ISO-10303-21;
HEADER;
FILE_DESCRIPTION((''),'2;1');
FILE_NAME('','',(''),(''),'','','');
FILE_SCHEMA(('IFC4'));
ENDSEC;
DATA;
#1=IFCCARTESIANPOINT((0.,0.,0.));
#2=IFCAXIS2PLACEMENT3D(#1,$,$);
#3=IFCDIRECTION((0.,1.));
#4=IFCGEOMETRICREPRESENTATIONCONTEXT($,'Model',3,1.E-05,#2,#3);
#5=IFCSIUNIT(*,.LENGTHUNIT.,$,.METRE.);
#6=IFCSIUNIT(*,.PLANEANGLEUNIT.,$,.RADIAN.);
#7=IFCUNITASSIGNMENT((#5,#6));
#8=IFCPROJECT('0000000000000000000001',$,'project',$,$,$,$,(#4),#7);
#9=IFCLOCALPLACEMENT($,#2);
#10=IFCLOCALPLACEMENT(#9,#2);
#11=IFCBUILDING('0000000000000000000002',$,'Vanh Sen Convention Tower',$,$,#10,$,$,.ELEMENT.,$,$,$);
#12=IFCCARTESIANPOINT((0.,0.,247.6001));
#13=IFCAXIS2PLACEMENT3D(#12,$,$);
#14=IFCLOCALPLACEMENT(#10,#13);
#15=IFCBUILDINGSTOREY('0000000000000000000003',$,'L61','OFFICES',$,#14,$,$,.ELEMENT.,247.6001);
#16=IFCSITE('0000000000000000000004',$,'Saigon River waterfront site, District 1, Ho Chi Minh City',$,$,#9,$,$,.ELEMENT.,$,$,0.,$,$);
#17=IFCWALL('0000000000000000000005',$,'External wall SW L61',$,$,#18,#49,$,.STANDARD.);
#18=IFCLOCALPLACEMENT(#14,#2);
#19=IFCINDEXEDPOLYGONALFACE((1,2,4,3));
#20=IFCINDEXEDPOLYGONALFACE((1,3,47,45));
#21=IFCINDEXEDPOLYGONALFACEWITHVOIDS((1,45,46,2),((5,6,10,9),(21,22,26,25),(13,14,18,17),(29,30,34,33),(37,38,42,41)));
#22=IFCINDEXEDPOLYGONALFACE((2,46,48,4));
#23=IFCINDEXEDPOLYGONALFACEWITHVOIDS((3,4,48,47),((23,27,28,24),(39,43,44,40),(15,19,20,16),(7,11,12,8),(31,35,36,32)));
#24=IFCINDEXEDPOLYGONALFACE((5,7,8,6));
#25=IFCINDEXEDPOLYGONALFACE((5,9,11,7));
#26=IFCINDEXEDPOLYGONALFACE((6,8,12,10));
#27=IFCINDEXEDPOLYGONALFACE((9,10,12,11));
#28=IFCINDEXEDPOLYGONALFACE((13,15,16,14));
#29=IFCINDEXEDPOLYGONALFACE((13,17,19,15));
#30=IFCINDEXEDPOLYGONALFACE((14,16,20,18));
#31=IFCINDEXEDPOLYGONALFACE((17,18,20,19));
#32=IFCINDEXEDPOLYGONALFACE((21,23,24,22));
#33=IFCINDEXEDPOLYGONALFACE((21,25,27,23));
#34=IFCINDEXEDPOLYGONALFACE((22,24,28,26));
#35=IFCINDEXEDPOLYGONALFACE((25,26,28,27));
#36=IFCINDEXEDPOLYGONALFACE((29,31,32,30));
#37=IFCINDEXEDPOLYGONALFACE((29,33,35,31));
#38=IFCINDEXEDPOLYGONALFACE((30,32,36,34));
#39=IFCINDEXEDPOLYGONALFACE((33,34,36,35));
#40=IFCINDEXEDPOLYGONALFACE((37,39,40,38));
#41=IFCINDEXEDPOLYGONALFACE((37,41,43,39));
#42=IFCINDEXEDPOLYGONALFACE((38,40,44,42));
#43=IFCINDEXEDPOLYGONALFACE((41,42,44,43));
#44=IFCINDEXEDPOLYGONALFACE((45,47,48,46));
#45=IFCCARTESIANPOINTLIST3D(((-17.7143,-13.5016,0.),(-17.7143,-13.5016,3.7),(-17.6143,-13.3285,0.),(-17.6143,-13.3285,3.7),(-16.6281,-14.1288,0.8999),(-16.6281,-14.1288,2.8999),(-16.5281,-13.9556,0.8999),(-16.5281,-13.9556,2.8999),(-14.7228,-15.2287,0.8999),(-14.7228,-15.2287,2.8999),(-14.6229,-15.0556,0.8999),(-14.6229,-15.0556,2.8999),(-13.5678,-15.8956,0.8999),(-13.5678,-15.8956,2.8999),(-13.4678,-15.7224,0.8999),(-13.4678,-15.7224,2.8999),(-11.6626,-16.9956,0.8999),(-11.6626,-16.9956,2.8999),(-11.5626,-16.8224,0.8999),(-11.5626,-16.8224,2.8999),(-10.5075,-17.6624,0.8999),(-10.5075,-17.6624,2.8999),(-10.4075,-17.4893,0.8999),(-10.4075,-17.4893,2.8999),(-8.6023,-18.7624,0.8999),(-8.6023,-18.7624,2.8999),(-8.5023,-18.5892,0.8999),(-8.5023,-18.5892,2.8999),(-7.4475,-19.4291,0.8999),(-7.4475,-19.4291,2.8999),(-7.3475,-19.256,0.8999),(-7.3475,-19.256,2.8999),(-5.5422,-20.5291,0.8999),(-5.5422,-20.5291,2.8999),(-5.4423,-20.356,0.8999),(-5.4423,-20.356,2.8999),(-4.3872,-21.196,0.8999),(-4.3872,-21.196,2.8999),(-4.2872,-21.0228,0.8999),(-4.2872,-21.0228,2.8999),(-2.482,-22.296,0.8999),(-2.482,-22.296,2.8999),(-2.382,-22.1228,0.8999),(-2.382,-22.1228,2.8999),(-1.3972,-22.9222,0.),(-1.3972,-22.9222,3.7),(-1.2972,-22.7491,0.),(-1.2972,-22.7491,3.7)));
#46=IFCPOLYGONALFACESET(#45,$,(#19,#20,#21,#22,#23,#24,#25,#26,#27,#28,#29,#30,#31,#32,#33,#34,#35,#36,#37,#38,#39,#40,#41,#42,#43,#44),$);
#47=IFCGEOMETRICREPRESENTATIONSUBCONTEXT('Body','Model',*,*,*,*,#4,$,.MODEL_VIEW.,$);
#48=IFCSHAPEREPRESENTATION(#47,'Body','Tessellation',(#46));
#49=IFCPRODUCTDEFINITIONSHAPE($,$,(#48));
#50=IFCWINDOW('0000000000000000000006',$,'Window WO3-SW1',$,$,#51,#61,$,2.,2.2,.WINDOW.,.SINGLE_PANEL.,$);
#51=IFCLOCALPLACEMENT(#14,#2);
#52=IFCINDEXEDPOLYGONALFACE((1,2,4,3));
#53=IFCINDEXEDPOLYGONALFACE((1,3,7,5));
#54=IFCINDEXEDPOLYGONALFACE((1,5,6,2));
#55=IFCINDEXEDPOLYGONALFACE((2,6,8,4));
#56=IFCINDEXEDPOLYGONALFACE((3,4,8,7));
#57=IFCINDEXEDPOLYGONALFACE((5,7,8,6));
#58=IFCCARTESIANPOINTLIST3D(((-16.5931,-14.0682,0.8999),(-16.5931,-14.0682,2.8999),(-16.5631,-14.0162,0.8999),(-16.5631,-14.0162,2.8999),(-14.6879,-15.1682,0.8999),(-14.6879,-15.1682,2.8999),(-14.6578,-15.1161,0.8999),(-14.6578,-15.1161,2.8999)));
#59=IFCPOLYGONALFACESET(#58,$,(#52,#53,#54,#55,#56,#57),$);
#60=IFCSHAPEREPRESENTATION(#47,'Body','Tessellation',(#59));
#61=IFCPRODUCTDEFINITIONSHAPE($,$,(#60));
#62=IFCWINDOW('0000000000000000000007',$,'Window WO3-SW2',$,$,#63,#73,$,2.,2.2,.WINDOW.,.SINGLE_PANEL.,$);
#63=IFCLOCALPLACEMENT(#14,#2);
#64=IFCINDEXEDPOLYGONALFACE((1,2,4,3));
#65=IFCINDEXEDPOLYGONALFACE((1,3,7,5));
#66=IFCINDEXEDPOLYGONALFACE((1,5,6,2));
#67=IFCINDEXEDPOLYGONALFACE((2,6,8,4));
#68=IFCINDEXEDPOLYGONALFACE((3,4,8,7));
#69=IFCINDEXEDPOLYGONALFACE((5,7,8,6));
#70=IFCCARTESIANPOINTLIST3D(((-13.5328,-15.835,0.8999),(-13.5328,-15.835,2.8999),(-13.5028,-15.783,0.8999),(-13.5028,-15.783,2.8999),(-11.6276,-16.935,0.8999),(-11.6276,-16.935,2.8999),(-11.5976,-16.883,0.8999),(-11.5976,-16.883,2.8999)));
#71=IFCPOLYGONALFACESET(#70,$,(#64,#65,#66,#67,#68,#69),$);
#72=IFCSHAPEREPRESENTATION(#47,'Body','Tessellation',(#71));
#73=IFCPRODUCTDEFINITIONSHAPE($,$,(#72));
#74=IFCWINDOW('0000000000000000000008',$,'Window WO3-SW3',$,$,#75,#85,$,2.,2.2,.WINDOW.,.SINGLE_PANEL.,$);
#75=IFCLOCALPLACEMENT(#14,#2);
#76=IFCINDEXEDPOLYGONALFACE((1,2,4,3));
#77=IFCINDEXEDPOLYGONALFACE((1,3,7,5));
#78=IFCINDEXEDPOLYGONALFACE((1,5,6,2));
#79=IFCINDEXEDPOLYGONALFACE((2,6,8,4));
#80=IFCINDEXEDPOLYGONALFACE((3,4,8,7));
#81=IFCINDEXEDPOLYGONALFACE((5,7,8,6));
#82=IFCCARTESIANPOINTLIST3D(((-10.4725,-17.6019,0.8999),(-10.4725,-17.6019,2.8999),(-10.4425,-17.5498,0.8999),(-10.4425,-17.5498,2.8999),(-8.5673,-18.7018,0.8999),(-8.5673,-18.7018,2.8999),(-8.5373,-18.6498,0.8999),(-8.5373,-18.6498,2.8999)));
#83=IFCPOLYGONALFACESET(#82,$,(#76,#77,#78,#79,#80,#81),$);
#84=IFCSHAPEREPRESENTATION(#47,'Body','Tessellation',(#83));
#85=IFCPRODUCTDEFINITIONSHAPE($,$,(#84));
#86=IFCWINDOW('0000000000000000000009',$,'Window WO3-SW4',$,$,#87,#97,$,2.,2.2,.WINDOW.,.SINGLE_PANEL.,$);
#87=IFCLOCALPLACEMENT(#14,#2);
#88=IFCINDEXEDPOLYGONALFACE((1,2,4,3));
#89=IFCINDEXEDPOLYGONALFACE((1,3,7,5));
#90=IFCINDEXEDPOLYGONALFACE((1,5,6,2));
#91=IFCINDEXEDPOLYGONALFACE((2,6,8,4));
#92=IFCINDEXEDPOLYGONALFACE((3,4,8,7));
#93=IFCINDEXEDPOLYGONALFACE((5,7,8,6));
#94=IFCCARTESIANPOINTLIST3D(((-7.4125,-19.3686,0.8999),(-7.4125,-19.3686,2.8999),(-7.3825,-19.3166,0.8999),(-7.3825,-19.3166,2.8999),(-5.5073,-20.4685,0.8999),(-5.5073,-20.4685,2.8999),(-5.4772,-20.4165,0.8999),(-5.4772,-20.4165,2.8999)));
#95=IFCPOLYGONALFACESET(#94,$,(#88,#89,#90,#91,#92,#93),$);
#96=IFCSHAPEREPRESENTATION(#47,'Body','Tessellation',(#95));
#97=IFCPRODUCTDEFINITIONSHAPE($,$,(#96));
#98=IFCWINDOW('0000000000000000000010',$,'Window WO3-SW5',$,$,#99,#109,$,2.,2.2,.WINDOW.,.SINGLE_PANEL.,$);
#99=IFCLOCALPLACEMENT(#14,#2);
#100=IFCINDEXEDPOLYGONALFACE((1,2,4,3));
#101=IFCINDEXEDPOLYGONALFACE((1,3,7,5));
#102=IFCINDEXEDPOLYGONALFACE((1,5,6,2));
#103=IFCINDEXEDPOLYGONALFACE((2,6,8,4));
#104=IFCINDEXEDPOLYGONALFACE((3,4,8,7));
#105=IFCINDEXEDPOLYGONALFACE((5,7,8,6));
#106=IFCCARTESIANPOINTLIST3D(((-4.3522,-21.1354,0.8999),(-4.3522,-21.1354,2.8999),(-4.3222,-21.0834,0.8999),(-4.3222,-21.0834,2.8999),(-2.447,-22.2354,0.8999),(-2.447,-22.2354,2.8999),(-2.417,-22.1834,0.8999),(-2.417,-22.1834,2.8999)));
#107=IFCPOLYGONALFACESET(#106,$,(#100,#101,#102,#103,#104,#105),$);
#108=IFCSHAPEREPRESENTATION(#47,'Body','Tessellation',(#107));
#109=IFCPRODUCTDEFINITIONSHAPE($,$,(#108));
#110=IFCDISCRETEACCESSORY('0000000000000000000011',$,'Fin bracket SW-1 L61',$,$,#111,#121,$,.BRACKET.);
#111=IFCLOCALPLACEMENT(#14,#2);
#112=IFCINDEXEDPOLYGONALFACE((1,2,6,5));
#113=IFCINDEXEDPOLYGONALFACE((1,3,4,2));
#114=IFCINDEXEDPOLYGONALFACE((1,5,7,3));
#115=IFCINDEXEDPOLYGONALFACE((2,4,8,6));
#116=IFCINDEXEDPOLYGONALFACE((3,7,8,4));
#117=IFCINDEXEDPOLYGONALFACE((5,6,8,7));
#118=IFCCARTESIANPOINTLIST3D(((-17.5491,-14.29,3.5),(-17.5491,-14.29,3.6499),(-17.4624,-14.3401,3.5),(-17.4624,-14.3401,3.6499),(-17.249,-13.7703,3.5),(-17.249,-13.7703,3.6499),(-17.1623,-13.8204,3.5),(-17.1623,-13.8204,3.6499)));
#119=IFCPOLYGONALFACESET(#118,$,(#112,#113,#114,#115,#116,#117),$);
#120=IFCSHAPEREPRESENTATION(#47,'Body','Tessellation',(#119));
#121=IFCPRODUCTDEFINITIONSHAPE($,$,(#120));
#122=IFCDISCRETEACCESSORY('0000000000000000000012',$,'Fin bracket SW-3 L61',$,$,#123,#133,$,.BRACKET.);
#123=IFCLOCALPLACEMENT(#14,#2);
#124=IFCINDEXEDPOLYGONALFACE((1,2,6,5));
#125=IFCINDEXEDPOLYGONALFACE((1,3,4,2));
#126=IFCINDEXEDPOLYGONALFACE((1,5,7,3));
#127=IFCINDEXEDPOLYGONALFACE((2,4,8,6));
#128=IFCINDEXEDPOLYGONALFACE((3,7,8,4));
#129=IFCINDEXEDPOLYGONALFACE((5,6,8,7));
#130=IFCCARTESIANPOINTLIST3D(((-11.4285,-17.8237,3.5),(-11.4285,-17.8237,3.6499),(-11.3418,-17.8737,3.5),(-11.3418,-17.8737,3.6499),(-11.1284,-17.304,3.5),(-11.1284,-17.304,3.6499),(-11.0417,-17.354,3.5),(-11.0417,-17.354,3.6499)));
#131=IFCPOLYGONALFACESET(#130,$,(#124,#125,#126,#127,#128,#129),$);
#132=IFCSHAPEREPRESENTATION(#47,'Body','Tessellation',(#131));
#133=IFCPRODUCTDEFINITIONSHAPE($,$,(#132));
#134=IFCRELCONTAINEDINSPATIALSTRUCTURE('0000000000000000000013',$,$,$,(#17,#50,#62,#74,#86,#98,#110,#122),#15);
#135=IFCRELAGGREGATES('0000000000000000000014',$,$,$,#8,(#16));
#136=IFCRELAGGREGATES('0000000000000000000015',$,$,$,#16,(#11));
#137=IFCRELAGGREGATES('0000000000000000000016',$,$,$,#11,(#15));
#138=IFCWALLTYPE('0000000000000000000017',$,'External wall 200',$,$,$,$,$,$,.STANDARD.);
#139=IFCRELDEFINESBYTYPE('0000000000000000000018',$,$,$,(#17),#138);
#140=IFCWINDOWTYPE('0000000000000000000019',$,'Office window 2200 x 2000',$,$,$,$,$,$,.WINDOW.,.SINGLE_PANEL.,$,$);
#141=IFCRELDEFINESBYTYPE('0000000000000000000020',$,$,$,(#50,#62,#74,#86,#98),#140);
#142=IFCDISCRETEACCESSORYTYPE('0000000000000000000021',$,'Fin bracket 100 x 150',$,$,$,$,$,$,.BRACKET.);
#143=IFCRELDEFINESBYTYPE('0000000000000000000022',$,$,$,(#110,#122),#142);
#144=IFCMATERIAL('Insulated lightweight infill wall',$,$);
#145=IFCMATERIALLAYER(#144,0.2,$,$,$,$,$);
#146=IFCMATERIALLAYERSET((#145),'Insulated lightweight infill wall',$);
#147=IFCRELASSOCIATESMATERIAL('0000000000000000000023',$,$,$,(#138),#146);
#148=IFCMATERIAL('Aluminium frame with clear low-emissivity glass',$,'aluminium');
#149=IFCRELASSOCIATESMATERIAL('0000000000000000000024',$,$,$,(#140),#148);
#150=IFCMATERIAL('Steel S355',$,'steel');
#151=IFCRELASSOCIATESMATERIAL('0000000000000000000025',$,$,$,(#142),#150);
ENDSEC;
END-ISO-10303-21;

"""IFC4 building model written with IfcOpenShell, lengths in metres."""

from ifc_helpers import new_model, si_unit, direction, frame, frame_2d, origin, origin_2d, place, context, subcontext, project, spatial, rectangle, extrude, material, layer, layer_set, type_object, element, fill, save


model = new_model("IFC4")

# Units and contexts
model_context = context("Model", 3, precision=1e-05, world=origin(), true_north=direction((0.0, 1.0)))
body_context = subcontext(model_context, "Body", "Model", "MODEL_VIEW")
ifc_project = project(units=[si_unit("LENGTHUNIT", "METRE"), si_unit("PLANEANGLEUNIT", "RADIAN")], contexts=[model_context])

# Site, building, storey
site_placement = place(None, origin())
site = spatial("IfcSite", under=ifc_project, at=site_placement, Name="Saigon River waterfront site, District 1, Ho Chi Minh City", CompositionType="ELEMENT", RefElevation=0.0)
building_placement = place(site_placement, origin())
building = spatial("IfcBuilding", under=site, at=building_placement, Name="Vanh Sen Convention Tower", CompositionType="ELEMENT")
storey_placement = place(building_placement, frame((0.0, 0.0, 247.6001)))
storey = spatial("IfcBuildingStorey", under=building, at=storey_placement, Name="L61", Description="OFFICES", CompositionType="ELEMENT", Elevation=247.6001)

# Shared definitions
ifc_material_1 = material(Name="Insulated lightweight infill wall")
ifc_layer_1 = layer(ifc_material_1, 0.2)
ifc_layer_set_1 = layer_set([ifc_layer_1], Name="Insulated lightweight infill wall")
wall_type_1 = type_object("IfcWallType", Name="External wall 200", PredefinedType="STANDARD", material=ifc_layer_set_1)
ifc_material_2 = material(Name="Aluminium frame with clear low-emissivity glass", Category="aluminium")

# Wall, openings, windows
wall_1_placement = place(storey_placement, frame((-17.6643, -13.415, 0.0), z_axis=(0.0, 0.0, 1.0), x_axis=(0.866027, -0.499998, 0.0)))
wall_1 = element("IfcWall", 1, at=wall_1_placement, inside=storey, type_object=wall_type_1, Name="External wall SW L61", PredefinedType="STANDARD", context=body_context, shape_type="SweptSolid", body=[
    extrude(rectangle(XDim=18.8413, YDim=0.2, at=frame_2d((9.4207, 0.0))), origin(), (0.0, 0.0, 1.0), 3.7),
])
opening_1_placement = place(wall_1_placement, frame((1.2542, 0.0, 0.8999)))
opening_1 = element("IfcOpeningElement", 2, at=opening_1_placement, cuts=wall_1, PredefinedType="OPENING", context=body_context, shape_type="SweptSolid", body=[
    extrude(rectangle(XDim=2.2, YDim=2.0, at=frame_2d((1.1001, 1.0))), frame((0.0, 0.1099, 0.0), z_axis=(0.0, -1.0, 0.0), x_axis=(1.0, 0.0, 0.0)), (0.0, 0.0, 1.0), 0.22),
])
opening_2_placement = place(wall_1_placement, frame((4.7878, 0.0, 0.8999)))
opening_2 = element("IfcOpeningElement", 3, at=opening_2_placement, cuts=wall_1, PredefinedType="OPENING", context=body_context, shape_type="SweptSolid", body=[
    extrude(rectangle(XDim=2.2, YDim=2.0, at=frame_2d((1.1001, 1.0))), frame((0.0, 0.1099, 0.0), z_axis=(0.0, -1.0, 0.0), x_axis=(1.0, 0.0, 0.0)), (0.0, 0.0, 1.0), 0.22),
])
opening_3_placement = place(wall_1_placement, frame((8.3215, 0.0, 0.8999)))
opening_3 = element("IfcOpeningElement", 4, at=opening_3_placement, cuts=wall_1, PredefinedType="OPENING", context=body_context, shape_type="SweptSolid", body=[
    extrude(rectangle(XDim=2.2, YDim=2.0, at=frame_2d((1.1001, 1.0))), frame((0.0, 0.1099, 0.0), z_axis=(0.0, -1.0, 0.0), x_axis=(1.0, 0.0, 0.0)), (0.0, 0.0, 1.0), 0.22),
])
opening_4_placement = place(wall_1_placement, frame((11.855, 0.0, 0.8999)))
opening_4 = element("IfcOpeningElement", 5, at=opening_4_placement, cuts=wall_1, PredefinedType="OPENING", context=body_context, shape_type="SweptSolid", body=[
    extrude(rectangle(XDim=2.2, YDim=2.0, at=frame_2d((1.1001, 1.0))), frame((0.0, 0.1099, 0.0), z_axis=(0.0, -1.0, 0.0), x_axis=(1.0, 0.0, 0.0)), (0.0, 0.0, 1.0), 0.22),
])
opening_5_placement = place(wall_1_placement, frame((15.3887, 0.0, 0.8999)))
opening_5 = element("IfcOpeningElement", 6, at=opening_5_placement, cuts=wall_1, PredefinedType="OPENING", context=body_context, shape_type="SweptSolid", body=[
    extrude(rectangle(XDim=2.2, YDim=2.0, at=frame_2d((1.1001, 1.0))), frame((0.0, 0.1099, 0.0), z_axis=(0.0, -1.0, 0.0), x_axis=(1.0, 0.0, 0.0)), (0.0, 0.0, 1.0), 0.22),
])
window_type_1 = type_object("IfcWindowType", Name="Office window 2200 x 2000", PartitioningType="SINGLE_PANEL", PredefinedType="WINDOW", material=ifc_material_2)
window_1_placement = place(opening_1_placement, origin())
window_1 = element("IfcWindow", 7, at=window_1_placement, inside=storey, type_object=window_type_1, Name="Window WO3-SW1", OverallHeight=2.0, OverallWidth=2.2, PartitioningType="SINGLE_PANEL", PredefinedType="WINDOW", context=body_context, shape_type="SweptSolid", body=[
    extrude(rectangle(XDim=2.2, YDim=2.0, at=frame_2d((1.1001, 1.0))), frame((0.0, 0.03, 0.0), z_axis=(0.0, -1.0, 0.0), x_axis=(1.0, 0.0, 0.0)), (0.0, 0.0, 1.0), 0.0601),
])
fill(opening_1, window_1)
window_2_placement = place(opening_2_placement, origin())
window_2 = element("IfcWindow", 8, at=window_2_placement, inside=storey, type_object=window_type_1, Name="Window WO3-SW2", OverallHeight=2.0, OverallWidth=2.2, PartitioningType="SINGLE_PANEL", PredefinedType="WINDOW", context=body_context, shape_type="SweptSolid", body=[
    extrude(rectangle(XDim=2.2, YDim=2.0, at=frame_2d((1.1001, 1.0))), frame((0.0, 0.03, 0.0), z_axis=(0.0, -1.0, 0.0), x_axis=(1.0, 0.0, 0.0)), (0.0, 0.0, 1.0), 0.0601),
])
fill(opening_2, window_2)
window_3_placement = place(opening_3_placement, origin())
window_3 = element("IfcWindow", 9, at=window_3_placement, inside=storey, type_object=window_type_1, Name="Window WO3-SW3", OverallHeight=2.0, OverallWidth=2.2, PartitioningType="SINGLE_PANEL", PredefinedType="WINDOW", context=body_context, shape_type="SweptSolid", body=[
    extrude(rectangle(XDim=2.2, YDim=2.0, at=frame_2d((1.1001, 1.0))), frame((0.0, 0.03, 0.0), z_axis=(0.0, -1.0, 0.0), x_axis=(1.0, 0.0, 0.0)), (0.0, 0.0, 1.0), 0.0601),
])
fill(opening_3, window_3)
window_4_placement = place(opening_4_placement, origin())
window_4 = element("IfcWindow", 10, at=window_4_placement, inside=storey, type_object=window_type_1, Name="Window WO3-SW4", OverallHeight=2.0, OverallWidth=2.2, PartitioningType="SINGLE_PANEL", PredefinedType="WINDOW", context=body_context, shape_type="SweptSolid", body=[
    extrude(rectangle(XDim=2.2, YDim=2.0, at=frame_2d((1.1001, 1.0))), frame((0.0, 0.03, 0.0), z_axis=(0.0, -1.0, 0.0), x_axis=(1.0, 0.0, 0.0)), (0.0, 0.0, 1.0), 0.0601),
])
fill(opening_4, window_4)
window_5_placement = place(opening_5_placement, origin())
window_5 = element("IfcWindow", 11, at=window_5_placement, inside=storey, type_object=window_type_1, Name="Window WO3-SW5", OverallHeight=2.0, OverallWidth=2.2, PartitioningType="SINGLE_PANEL", PredefinedType="WINDOW", context=body_context, shape_type="SweptSolid", body=[
    extrude(rectangle(XDim=2.2, YDim=2.0, at=frame_2d((1.1001, 1.0))), frame((0.0, 0.03, 0.0), z_axis=(0.0, -1.0, 0.0), x_axis=(1.0, 0.0, 0.0)), (0.0, 0.0, 1.0), 0.0601),
])
fill(opening_5, window_5)

# Discrete accessories
ifc_material_3 = material(Name="Steel S355", Category="steel")
discrete_accessory_type = type_object("IfcDiscreteAccessoryType", Name="Fin bracket 100 x 150", PredefinedType="BRACKET", material=ifc_material_3)
for number, where, z_axis, x_axis, name in (
    (12, (-17.3557, -14.0552, 3.5), (0.0, 0.0, 1.0), (-0.5, -0.866025, 0.0), "Fin bracket SW-1 L61"),
    (13, (-11.2351, -17.5889, 3.5), (0.0, 0.0, 1.0), (-0.5, -0.866025, 0.0), "Fin bracket SW-3 L61"),
):
    element("IfcDiscreteAccessory", number, at=place(storey_placement, frame(where, z_axis=z_axis, x_axis=x_axis)), inside=storey, type_object=discrete_accessory_type, Name=name, PredefinedType="BRACKET", context=body_context, shape_type="SweptSolid", body=[
        extrude(rectangle(XDim=0.6001, YDim=0.1001, at=origin_2d()), origin(), (0.0, 0.0, 1.0), 0.1499),
    ])

save(model, "model.ifc")
